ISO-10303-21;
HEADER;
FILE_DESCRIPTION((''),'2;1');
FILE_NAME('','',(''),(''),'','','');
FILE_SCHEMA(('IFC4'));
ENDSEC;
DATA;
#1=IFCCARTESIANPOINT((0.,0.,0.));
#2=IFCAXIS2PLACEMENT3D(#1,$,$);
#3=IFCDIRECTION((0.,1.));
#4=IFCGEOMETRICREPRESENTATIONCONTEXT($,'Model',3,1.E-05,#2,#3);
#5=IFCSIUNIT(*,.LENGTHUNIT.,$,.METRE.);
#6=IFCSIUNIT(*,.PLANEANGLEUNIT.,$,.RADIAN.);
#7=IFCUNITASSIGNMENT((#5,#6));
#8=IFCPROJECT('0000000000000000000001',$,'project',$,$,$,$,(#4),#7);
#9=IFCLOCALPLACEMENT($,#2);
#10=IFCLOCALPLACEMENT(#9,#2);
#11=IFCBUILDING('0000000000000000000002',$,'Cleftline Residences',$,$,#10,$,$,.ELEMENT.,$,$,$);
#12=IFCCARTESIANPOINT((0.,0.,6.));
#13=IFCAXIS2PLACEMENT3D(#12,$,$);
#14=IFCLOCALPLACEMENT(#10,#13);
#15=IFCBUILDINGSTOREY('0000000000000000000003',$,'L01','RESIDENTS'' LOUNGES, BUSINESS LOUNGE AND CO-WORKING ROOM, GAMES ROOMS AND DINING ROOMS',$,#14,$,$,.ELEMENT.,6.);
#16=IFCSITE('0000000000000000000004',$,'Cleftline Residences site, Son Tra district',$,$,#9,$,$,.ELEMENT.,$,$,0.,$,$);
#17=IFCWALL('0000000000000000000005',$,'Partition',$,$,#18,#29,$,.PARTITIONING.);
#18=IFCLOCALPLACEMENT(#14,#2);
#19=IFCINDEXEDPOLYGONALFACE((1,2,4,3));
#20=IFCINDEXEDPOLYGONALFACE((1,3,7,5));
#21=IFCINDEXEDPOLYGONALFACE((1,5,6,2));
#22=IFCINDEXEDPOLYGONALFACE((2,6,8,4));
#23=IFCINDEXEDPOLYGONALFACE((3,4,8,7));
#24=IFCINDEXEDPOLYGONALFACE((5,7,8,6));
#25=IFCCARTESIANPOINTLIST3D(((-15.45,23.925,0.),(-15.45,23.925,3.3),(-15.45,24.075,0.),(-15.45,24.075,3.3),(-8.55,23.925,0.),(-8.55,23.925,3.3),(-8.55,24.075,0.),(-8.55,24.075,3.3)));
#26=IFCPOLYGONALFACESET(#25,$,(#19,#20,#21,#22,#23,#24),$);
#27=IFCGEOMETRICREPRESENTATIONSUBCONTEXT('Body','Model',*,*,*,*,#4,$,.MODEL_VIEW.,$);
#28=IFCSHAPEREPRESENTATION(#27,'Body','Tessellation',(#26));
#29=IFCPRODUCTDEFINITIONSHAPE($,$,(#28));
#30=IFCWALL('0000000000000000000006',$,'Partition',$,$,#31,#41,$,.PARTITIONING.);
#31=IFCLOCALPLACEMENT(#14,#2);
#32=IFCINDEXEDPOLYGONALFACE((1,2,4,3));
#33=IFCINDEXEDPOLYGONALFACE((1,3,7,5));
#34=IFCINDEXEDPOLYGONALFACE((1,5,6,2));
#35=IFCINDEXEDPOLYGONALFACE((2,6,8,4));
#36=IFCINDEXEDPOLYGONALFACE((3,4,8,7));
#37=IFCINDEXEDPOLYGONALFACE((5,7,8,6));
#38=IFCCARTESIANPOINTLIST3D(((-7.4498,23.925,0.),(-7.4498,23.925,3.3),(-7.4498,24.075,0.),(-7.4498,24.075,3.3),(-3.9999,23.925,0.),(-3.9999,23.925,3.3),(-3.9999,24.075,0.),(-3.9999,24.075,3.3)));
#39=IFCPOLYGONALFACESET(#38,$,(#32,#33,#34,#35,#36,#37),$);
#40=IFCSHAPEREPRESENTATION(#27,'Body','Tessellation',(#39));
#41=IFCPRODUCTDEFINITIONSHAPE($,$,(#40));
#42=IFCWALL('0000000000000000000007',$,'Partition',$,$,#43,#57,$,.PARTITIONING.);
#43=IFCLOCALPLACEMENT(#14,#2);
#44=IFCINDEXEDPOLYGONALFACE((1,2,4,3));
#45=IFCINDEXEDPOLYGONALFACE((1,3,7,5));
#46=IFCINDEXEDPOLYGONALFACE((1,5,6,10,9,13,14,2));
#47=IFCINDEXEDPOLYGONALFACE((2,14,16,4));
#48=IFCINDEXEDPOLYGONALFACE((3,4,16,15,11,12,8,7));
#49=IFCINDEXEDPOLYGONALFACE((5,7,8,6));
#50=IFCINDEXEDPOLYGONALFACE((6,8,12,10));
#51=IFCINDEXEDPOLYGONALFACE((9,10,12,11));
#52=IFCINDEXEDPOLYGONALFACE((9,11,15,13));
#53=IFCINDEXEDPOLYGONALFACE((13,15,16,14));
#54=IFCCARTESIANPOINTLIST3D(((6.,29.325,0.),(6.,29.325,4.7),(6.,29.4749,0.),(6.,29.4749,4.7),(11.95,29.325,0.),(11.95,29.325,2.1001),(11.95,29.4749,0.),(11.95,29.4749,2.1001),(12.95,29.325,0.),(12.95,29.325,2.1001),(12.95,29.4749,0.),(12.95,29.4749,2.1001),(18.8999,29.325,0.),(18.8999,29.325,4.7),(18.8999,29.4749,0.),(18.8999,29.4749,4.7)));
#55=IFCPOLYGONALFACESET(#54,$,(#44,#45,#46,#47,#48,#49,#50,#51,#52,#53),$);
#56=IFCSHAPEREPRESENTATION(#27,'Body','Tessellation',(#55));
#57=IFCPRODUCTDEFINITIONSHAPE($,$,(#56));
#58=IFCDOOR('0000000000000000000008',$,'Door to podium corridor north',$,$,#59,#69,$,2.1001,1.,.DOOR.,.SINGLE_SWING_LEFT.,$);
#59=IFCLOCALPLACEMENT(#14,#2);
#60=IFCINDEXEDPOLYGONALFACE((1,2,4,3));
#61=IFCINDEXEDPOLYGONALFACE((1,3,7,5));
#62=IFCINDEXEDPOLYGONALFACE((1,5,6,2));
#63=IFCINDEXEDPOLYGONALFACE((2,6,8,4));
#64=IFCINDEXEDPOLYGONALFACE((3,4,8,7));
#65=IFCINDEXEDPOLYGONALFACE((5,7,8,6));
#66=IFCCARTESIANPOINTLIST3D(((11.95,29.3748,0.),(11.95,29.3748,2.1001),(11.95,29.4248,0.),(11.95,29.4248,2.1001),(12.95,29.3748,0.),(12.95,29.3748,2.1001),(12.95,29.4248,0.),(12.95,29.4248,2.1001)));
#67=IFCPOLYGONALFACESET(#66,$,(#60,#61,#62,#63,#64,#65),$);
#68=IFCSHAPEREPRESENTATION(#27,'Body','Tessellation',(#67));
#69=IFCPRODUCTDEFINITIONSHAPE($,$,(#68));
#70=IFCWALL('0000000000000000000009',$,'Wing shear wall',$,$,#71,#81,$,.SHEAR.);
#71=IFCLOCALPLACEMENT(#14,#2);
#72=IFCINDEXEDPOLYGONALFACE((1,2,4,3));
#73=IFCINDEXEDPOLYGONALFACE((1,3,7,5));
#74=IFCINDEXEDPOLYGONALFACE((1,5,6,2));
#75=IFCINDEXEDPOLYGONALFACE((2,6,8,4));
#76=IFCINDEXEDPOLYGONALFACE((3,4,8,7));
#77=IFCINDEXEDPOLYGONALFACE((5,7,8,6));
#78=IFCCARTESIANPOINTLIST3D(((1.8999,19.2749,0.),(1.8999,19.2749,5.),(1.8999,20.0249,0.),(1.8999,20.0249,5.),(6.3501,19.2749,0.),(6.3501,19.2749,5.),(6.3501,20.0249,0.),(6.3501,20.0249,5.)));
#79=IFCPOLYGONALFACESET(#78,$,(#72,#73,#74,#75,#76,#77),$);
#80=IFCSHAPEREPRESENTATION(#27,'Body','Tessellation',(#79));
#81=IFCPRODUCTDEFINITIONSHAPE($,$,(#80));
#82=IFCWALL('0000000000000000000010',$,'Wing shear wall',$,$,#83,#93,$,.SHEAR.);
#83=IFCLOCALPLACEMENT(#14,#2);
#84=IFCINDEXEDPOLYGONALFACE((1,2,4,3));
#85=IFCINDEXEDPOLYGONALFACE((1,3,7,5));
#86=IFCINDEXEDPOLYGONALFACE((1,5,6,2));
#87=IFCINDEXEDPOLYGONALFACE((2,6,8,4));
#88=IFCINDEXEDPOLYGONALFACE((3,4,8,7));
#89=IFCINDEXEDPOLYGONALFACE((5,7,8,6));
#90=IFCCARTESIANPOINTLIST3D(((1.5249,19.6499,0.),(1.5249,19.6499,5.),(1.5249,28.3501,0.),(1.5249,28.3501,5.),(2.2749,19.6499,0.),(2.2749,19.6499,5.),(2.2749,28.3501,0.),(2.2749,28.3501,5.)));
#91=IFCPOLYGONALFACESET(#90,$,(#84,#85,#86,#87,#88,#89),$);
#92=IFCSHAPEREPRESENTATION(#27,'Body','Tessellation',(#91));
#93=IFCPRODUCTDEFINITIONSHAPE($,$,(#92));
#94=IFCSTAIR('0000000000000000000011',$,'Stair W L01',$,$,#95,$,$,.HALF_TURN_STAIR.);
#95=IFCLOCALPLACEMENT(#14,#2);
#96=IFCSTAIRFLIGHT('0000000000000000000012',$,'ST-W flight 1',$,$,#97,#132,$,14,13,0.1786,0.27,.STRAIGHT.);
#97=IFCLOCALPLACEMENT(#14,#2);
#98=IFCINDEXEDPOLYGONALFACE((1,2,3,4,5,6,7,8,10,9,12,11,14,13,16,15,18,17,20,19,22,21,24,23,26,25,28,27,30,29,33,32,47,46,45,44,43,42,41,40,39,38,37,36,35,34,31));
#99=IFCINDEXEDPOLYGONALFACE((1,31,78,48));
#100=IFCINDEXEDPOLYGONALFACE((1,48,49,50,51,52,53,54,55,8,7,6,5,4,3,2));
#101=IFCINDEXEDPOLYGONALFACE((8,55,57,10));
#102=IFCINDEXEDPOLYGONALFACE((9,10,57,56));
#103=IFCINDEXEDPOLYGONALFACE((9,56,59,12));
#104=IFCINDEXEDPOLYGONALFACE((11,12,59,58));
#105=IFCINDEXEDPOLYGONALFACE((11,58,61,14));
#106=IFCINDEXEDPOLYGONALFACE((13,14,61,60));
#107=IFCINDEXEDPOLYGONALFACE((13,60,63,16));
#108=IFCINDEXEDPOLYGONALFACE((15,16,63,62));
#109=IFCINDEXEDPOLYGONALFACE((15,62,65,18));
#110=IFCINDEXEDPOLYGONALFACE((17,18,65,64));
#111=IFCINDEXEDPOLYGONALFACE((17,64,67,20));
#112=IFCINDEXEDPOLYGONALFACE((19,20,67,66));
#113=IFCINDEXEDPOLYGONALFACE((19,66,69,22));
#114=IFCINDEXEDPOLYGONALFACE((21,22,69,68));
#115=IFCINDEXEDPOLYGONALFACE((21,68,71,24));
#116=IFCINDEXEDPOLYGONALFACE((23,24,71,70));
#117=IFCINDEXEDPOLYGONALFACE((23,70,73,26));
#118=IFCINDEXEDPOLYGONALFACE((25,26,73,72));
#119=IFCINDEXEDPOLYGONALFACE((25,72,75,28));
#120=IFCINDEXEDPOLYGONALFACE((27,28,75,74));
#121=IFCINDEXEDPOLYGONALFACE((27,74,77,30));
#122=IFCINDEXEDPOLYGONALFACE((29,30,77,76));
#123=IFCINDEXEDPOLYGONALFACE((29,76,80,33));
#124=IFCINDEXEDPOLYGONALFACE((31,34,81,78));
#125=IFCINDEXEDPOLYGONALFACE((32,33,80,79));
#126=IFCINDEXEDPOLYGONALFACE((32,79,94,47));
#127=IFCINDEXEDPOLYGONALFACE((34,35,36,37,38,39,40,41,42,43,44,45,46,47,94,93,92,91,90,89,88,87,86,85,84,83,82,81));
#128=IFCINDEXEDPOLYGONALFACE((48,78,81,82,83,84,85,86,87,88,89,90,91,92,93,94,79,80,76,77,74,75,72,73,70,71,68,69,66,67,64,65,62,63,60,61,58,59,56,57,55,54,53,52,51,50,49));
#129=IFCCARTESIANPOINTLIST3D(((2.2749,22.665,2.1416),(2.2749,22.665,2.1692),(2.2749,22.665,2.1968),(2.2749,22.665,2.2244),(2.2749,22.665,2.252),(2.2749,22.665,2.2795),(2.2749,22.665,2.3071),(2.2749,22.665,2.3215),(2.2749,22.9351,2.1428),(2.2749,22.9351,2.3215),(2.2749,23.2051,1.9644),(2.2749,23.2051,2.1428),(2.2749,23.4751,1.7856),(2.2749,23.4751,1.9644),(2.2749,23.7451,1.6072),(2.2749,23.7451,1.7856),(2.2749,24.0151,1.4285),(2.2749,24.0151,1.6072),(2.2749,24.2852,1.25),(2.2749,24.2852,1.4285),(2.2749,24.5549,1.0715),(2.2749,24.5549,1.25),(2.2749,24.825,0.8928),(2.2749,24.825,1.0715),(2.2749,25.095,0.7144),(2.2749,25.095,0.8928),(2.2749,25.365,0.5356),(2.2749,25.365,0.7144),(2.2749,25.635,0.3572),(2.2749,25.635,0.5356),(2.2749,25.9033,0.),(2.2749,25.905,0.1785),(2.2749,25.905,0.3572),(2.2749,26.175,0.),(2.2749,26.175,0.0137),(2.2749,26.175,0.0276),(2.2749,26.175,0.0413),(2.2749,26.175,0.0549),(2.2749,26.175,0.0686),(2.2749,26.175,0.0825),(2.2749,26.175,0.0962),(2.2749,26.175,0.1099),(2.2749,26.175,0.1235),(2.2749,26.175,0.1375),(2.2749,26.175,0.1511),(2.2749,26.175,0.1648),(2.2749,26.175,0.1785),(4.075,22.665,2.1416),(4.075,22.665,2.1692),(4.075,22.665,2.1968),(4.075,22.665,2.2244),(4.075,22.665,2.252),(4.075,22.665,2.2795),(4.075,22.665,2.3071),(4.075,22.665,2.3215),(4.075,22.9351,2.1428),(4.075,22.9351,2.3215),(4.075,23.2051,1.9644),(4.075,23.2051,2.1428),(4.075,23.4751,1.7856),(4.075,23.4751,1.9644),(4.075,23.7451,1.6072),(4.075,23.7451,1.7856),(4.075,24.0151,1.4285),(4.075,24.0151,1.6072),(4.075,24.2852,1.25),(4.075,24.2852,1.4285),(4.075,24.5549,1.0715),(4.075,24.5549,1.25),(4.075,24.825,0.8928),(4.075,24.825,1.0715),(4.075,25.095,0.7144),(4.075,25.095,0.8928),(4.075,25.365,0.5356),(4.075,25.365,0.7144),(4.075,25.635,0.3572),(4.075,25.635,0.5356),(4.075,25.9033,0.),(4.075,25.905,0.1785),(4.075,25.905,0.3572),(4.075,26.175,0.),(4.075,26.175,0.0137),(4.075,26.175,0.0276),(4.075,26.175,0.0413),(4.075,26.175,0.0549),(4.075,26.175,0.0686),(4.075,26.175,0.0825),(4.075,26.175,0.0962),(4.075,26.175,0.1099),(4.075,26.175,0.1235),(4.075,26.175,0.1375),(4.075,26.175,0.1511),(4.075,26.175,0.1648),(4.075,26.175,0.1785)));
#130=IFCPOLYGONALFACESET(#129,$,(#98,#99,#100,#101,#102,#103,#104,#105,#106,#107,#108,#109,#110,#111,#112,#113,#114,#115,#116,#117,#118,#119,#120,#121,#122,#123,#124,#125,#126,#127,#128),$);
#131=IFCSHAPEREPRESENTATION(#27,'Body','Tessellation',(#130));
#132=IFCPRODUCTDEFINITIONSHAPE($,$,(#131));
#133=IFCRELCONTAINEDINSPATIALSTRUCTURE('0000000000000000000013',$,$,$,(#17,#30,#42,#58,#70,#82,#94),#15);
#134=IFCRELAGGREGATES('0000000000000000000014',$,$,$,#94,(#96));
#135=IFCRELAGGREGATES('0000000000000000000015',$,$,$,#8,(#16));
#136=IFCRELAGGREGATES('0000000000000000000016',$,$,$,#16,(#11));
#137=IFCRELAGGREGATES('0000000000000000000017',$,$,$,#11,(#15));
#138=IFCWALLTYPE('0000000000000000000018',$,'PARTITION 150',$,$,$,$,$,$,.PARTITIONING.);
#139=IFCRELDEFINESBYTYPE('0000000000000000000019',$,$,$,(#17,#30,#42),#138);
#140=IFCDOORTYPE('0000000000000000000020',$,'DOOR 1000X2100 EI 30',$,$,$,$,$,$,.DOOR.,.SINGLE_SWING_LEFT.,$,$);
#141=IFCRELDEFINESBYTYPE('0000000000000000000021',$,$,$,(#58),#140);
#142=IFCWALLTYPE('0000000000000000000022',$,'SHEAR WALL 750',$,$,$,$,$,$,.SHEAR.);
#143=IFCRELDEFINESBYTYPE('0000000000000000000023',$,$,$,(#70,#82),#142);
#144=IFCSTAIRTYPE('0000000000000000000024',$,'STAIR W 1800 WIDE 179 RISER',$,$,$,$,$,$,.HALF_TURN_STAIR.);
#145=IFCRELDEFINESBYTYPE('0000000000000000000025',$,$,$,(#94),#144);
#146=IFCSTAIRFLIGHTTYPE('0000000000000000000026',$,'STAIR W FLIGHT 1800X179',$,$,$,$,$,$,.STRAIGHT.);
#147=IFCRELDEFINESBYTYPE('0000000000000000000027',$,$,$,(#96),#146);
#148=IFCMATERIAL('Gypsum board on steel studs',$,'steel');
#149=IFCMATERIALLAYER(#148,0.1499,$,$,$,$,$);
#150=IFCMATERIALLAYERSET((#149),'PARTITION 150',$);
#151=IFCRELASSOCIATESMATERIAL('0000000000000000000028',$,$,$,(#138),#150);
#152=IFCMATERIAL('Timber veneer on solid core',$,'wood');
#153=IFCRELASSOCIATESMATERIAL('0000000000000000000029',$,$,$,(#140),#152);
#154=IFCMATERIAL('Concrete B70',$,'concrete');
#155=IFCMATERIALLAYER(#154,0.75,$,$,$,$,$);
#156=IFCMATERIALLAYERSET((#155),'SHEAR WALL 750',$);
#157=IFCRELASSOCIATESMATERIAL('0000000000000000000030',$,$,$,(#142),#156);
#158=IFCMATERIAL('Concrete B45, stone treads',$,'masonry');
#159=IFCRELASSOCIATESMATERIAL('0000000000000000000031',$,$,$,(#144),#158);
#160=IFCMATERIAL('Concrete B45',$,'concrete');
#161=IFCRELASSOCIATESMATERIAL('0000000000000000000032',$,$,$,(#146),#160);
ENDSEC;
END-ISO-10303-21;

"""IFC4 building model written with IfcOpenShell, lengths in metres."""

from ifc_helpers import new_model, si_unit, direction, frame, frame_2d, origin, place, context, subcontext, project, spatial, polyline, rectangle, outline, extrude, material, layer, layer_set, type_object, element, fill, aggregate, save


model = new_model("IFC4")

# Units and contexts
model_context = context("Model", 3, precision=1e-05, world=origin(), true_north=direction((0.0, 1.0)))
body_context = subcontext(model_context, "Body", "Model", "MODEL_VIEW")
ifc_project = project(units=[si_unit("LENGTHUNIT", "METRE"), si_unit("PLANEANGLEUNIT", "RADIAN")], contexts=[model_context])

# Site, building, storey
site_placement = place(None, origin())
site = spatial("IfcSite", under=ifc_project, at=site_placement, Name="Cleftline Residences site, Son Tra district", CompositionType="ELEMENT", RefElevation=0.0)
building_placement = place(site_placement, origin())
building = spatial("IfcBuilding", under=site, at=building_placement, Name="Cleftline Residences", CompositionType="ELEMENT")
storey_placement = place(building_placement, frame((0.0, 0.0, 6.0)))
storey = spatial("IfcBuildingStorey", under=building, at=storey_placement, Name="L01", Description="RESIDENTS' LOUNGES, BUSINESS LOUNGE AND CO-WORKING ROOM, GAMES ROOMS AND DINING ROOMS", CompositionType="ELEMENT", Elevation=6.0)

# Walls
ifc_material_1 = material(Name="Gypsum board on steel studs", Category="steel")
ifc_layer_1 = layer(ifc_material_1, 0.1499)
ifc_layer_set_1 = layer_set([ifc_layer_1], Name="PARTITION 150")
wall_type_1 = type_object("IfcWallType", Name="PARTITION 150", PredefinedType="PARTITIONING", material=ifc_layer_set_1)
wall_1_placement = place(storey_placement, frame((-15.45, 24.0, 0.0), z_axis=(0.0, 0.0, 1.0), x_axis=(1.0, 0.0, 0.0)))
element("IfcWall", 1, at=wall_1_placement, inside=storey, type_object=wall_type_1, Name="Partition", PredefinedType="PARTITIONING", context=body_context, shape_type="SweptSolid", body=[
    extrude(rectangle(XDim=6.8999, YDim=0.1499, at=frame_2d((3.45, 0.0))), origin(), (0.0, 0.0, 1.0), 3.3),
])
wall_2_placement = place(storey_placement, frame((-7.45, 24.0, 0.0), z_axis=(0.0, 0.0, 1.0), x_axis=(1.0, 0.0, 0.0)))
element("IfcWall", 2, at=wall_2_placement, inside=storey, type_object=wall_type_1, Name="Partition", PredefinedType="PARTITIONING", context=body_context, shape_type="SweptSolid", body=[
    extrude(rectangle(XDim=3.45, YDim=0.1499, at=frame_2d((1.7251, 0.0))), origin(), (0.0, 0.0, 1.0), 3.3),
])

# Wall, opening, door
wall_3_placement = place(storey_placement, frame((6.0, 29.3999, 0.0), z_axis=(0.0, 0.0, 1.0), x_axis=(1.0, 0.0, 0.0)))
wall_3 = element("IfcWall", 3, at=wall_3_placement, inside=storey, type_object=wall_type_1, Name="Partition", PredefinedType="PARTITIONING", context=body_context, shape_type="SweptSolid", body=[
    extrude(rectangle(XDim=12.8999, YDim=0.1499, at=frame_2d((6.45, 0.0))), origin(), (0.0, 0.0, 1.0), 4.7),
])
opening_placement = place(wall_3_placement, frame((5.95, 0.0, 0.0)))
opening = element("IfcOpeningElement", 4, at=opening_placement, cuts=wall_3, PredefinedType="OPENING", context=body_context, shape_type="SweptSolid", body=[
    extrude(rectangle(XDim=1.0, YDim=2.1001, at=frame_2d((0.5, 1.05))), frame((0.0, 0.085, 0.0), z_axis=(0.0, -1.0, 0.0), x_axis=(1.0, 0.0, 0.0)), (0.0, 0.0, 1.0), 0.1699),
])
ifc_material_2 = material(Name="Timber veneer on solid core", Category="wood")
door_type = type_object("IfcDoorType", Name="DOOR 1000X2100 EI 30", OperationType="SINGLE_SWING_LEFT", PredefinedType="DOOR", material=ifc_material_2)
door_placement = place(opening_placement, origin())
door = element("IfcDoor", 5, at=door_placement, inside=storey, type_object=door_type, Name="Door to podium corridor north", OperationType="SINGLE_SWING_LEFT", OverallHeight=2.1001, OverallWidth=1.0, PredefinedType="DOOR", context=body_context, shape_type="SweptSolid", body=[
    extrude(rectangle(XDim=1.0, YDim=2.1001, at=frame_2d((0.5, 1.05))), frame((0.0, 0.0249, 0.0), z_axis=(0.0, -1.0, 0.0), x_axis=(1.0, 0.0, 0.0)), (0.0, 0.0, 1.0), 0.05),
])
fill(opening, door)

# Walls
ifc_material_3 = material(Name="Concrete B70", Category="concrete")
ifc_layer_2 = layer(ifc_material_3, 0.75)
ifc_layer_set_2 = layer_set([ifc_layer_2], Name="SHEAR WALL 750")
wall_type_2 = type_object("IfcWallType", Name="SHEAR WALL 750", PredefinedType="SHEAR", material=ifc_layer_set_2)
wall_4_placement = place(storey_placement, frame((1.8999, 19.6499, 0.0), z_axis=(0.0, 0.0, 1.0), x_axis=(1.0, 0.0, 0.0)))
element("IfcWall", 6, at=wall_4_placement, inside=storey, type_object=wall_type_2, Name="Wing shear wall", PredefinedType="SHEAR", context=body_context, shape_type="SweptSolid", body=[
    extrude(rectangle(XDim=4.4502, YDim=0.75, at=frame_2d((2.2251, 0.0))), origin(), (0.0, 0.0, 1.0), 5.0),
])
wall_5_placement = place(storey_placement, frame((1.8999, 28.3501, 0.0), z_axis=(0.0, 0.0, 1.0), x_axis=(0.0, -1.0, 0.0)))
element("IfcWall", 7, at=wall_5_placement, inside=storey, type_object=wall_type_2, Name="Wing shear wall", PredefinedType="SHEAR", context=body_context, shape_type="SweptSolid", body=[
    extrude(rectangle(XDim=8.7002, YDim=0.75, at=frame_2d((4.3501, 0.0))), origin(), (0.0, 0.0, 1.0), 5.0),
])

# Stair, stair flight
ifc_material_4 = material(Name="Concrete B45, stone treads", Category="masonry")
stair_type = type_object("IfcStairType", Name="STAIR W 1800 WIDE 179 RISER", PredefinedType="HALF_TURN_STAIR", material=ifc_material_4)
stair_placement = place(storey_placement, origin())
stair = element("IfcStair", 8, at=stair_placement, inside=storey, type_object=stair_type, Name="Stair W L01", PredefinedType="HALF_TURN_STAIR")
ifc_material_5 = material(Name="Concrete B45", Category="concrete")
stair_flight_type = type_object("IfcStairFlightType", Name="STAIR W FLIGHT 1800X179", PredefinedType="STRAIGHT", material=ifc_material_5)
stair_flight_1_placement = place(storey_placement, frame((3.175, 26.175, 0.0), z_axis=(0.0, 0.0, 1.0), x_axis=(0.0, -1.0, 0.0)))
stair_flight_1 = element("IfcStairFlight", 9, at=stair_flight_1_placement, type_object=stair_flight_type, Name="ST-W flight 1", NumberOfRisers=14, NumberOfTreads=13, PredefinedType="STRAIGHT", RiserHeight=0.1786, TreadLength=0.27, context=body_context, shape_type="SweptSolid", body=[
    extrude(outline(polyline([(0.0, 0.0), (0.0, 0.0137), (0.0, 0.0276), (0.0, 0.0413), (0.0, 0.0549), (0.0, 0.0686), (0.0, 0.0825), (0.0, 0.0962), (0.0, 0.1099), (0.0, 0.1235), (0.0, 0.1375), (0.0, 0.1511), (0.0, 0.1648), (0.0, 0.1785), (0.27, 0.1785), (0.27, 0.3572), (0.54, 0.3572), (0.54, 0.5356), (0.8101, 0.5356), (0.8101, 0.7144), (1.0801, 0.7144), (1.0801, 0.8928), (1.3501, 0.8928), (1.3501, 1.0715), (1.6201, 1.0715), (1.6201, 1.25), (1.8899, 1.25), (1.8899, 1.4285), (2.1599, 1.4285), (2.1599, 1.6072), (2.4299, 1.6072), (2.4299, 1.7856), (2.7, 1.7856), (2.7, 1.9644), (2.97, 1.9644), (2.97, 2.1428), (3.24, 2.1428), (3.24, 2.3215), (3.51, 2.3215), (3.51, 2.5), (3.51, 2.4724), (3.51, 2.4448), (3.51, 2.4172), (3.51, 2.3896), (3.51, 2.3623), (3.51, 2.3347), (3.51, 2.3071), (3.51, 2.2795), (3.51, 2.252), (3.51, 2.2244), (3.51, 2.1968), (3.51, 2.1692), (3.51, 2.1416), (0.2717, 0.0), (0.0, 0.0)])), frame((0.0, 0.8999, 0.0), z_axis=(0.0, -1.0, 0.0), x_axis=(1.0, 0.0, 0.0)), (0.0, 0.0, 1.0), 1.8),
])
aggregate(stair, [stair_flight_1])

save(model, "model.ifc")
